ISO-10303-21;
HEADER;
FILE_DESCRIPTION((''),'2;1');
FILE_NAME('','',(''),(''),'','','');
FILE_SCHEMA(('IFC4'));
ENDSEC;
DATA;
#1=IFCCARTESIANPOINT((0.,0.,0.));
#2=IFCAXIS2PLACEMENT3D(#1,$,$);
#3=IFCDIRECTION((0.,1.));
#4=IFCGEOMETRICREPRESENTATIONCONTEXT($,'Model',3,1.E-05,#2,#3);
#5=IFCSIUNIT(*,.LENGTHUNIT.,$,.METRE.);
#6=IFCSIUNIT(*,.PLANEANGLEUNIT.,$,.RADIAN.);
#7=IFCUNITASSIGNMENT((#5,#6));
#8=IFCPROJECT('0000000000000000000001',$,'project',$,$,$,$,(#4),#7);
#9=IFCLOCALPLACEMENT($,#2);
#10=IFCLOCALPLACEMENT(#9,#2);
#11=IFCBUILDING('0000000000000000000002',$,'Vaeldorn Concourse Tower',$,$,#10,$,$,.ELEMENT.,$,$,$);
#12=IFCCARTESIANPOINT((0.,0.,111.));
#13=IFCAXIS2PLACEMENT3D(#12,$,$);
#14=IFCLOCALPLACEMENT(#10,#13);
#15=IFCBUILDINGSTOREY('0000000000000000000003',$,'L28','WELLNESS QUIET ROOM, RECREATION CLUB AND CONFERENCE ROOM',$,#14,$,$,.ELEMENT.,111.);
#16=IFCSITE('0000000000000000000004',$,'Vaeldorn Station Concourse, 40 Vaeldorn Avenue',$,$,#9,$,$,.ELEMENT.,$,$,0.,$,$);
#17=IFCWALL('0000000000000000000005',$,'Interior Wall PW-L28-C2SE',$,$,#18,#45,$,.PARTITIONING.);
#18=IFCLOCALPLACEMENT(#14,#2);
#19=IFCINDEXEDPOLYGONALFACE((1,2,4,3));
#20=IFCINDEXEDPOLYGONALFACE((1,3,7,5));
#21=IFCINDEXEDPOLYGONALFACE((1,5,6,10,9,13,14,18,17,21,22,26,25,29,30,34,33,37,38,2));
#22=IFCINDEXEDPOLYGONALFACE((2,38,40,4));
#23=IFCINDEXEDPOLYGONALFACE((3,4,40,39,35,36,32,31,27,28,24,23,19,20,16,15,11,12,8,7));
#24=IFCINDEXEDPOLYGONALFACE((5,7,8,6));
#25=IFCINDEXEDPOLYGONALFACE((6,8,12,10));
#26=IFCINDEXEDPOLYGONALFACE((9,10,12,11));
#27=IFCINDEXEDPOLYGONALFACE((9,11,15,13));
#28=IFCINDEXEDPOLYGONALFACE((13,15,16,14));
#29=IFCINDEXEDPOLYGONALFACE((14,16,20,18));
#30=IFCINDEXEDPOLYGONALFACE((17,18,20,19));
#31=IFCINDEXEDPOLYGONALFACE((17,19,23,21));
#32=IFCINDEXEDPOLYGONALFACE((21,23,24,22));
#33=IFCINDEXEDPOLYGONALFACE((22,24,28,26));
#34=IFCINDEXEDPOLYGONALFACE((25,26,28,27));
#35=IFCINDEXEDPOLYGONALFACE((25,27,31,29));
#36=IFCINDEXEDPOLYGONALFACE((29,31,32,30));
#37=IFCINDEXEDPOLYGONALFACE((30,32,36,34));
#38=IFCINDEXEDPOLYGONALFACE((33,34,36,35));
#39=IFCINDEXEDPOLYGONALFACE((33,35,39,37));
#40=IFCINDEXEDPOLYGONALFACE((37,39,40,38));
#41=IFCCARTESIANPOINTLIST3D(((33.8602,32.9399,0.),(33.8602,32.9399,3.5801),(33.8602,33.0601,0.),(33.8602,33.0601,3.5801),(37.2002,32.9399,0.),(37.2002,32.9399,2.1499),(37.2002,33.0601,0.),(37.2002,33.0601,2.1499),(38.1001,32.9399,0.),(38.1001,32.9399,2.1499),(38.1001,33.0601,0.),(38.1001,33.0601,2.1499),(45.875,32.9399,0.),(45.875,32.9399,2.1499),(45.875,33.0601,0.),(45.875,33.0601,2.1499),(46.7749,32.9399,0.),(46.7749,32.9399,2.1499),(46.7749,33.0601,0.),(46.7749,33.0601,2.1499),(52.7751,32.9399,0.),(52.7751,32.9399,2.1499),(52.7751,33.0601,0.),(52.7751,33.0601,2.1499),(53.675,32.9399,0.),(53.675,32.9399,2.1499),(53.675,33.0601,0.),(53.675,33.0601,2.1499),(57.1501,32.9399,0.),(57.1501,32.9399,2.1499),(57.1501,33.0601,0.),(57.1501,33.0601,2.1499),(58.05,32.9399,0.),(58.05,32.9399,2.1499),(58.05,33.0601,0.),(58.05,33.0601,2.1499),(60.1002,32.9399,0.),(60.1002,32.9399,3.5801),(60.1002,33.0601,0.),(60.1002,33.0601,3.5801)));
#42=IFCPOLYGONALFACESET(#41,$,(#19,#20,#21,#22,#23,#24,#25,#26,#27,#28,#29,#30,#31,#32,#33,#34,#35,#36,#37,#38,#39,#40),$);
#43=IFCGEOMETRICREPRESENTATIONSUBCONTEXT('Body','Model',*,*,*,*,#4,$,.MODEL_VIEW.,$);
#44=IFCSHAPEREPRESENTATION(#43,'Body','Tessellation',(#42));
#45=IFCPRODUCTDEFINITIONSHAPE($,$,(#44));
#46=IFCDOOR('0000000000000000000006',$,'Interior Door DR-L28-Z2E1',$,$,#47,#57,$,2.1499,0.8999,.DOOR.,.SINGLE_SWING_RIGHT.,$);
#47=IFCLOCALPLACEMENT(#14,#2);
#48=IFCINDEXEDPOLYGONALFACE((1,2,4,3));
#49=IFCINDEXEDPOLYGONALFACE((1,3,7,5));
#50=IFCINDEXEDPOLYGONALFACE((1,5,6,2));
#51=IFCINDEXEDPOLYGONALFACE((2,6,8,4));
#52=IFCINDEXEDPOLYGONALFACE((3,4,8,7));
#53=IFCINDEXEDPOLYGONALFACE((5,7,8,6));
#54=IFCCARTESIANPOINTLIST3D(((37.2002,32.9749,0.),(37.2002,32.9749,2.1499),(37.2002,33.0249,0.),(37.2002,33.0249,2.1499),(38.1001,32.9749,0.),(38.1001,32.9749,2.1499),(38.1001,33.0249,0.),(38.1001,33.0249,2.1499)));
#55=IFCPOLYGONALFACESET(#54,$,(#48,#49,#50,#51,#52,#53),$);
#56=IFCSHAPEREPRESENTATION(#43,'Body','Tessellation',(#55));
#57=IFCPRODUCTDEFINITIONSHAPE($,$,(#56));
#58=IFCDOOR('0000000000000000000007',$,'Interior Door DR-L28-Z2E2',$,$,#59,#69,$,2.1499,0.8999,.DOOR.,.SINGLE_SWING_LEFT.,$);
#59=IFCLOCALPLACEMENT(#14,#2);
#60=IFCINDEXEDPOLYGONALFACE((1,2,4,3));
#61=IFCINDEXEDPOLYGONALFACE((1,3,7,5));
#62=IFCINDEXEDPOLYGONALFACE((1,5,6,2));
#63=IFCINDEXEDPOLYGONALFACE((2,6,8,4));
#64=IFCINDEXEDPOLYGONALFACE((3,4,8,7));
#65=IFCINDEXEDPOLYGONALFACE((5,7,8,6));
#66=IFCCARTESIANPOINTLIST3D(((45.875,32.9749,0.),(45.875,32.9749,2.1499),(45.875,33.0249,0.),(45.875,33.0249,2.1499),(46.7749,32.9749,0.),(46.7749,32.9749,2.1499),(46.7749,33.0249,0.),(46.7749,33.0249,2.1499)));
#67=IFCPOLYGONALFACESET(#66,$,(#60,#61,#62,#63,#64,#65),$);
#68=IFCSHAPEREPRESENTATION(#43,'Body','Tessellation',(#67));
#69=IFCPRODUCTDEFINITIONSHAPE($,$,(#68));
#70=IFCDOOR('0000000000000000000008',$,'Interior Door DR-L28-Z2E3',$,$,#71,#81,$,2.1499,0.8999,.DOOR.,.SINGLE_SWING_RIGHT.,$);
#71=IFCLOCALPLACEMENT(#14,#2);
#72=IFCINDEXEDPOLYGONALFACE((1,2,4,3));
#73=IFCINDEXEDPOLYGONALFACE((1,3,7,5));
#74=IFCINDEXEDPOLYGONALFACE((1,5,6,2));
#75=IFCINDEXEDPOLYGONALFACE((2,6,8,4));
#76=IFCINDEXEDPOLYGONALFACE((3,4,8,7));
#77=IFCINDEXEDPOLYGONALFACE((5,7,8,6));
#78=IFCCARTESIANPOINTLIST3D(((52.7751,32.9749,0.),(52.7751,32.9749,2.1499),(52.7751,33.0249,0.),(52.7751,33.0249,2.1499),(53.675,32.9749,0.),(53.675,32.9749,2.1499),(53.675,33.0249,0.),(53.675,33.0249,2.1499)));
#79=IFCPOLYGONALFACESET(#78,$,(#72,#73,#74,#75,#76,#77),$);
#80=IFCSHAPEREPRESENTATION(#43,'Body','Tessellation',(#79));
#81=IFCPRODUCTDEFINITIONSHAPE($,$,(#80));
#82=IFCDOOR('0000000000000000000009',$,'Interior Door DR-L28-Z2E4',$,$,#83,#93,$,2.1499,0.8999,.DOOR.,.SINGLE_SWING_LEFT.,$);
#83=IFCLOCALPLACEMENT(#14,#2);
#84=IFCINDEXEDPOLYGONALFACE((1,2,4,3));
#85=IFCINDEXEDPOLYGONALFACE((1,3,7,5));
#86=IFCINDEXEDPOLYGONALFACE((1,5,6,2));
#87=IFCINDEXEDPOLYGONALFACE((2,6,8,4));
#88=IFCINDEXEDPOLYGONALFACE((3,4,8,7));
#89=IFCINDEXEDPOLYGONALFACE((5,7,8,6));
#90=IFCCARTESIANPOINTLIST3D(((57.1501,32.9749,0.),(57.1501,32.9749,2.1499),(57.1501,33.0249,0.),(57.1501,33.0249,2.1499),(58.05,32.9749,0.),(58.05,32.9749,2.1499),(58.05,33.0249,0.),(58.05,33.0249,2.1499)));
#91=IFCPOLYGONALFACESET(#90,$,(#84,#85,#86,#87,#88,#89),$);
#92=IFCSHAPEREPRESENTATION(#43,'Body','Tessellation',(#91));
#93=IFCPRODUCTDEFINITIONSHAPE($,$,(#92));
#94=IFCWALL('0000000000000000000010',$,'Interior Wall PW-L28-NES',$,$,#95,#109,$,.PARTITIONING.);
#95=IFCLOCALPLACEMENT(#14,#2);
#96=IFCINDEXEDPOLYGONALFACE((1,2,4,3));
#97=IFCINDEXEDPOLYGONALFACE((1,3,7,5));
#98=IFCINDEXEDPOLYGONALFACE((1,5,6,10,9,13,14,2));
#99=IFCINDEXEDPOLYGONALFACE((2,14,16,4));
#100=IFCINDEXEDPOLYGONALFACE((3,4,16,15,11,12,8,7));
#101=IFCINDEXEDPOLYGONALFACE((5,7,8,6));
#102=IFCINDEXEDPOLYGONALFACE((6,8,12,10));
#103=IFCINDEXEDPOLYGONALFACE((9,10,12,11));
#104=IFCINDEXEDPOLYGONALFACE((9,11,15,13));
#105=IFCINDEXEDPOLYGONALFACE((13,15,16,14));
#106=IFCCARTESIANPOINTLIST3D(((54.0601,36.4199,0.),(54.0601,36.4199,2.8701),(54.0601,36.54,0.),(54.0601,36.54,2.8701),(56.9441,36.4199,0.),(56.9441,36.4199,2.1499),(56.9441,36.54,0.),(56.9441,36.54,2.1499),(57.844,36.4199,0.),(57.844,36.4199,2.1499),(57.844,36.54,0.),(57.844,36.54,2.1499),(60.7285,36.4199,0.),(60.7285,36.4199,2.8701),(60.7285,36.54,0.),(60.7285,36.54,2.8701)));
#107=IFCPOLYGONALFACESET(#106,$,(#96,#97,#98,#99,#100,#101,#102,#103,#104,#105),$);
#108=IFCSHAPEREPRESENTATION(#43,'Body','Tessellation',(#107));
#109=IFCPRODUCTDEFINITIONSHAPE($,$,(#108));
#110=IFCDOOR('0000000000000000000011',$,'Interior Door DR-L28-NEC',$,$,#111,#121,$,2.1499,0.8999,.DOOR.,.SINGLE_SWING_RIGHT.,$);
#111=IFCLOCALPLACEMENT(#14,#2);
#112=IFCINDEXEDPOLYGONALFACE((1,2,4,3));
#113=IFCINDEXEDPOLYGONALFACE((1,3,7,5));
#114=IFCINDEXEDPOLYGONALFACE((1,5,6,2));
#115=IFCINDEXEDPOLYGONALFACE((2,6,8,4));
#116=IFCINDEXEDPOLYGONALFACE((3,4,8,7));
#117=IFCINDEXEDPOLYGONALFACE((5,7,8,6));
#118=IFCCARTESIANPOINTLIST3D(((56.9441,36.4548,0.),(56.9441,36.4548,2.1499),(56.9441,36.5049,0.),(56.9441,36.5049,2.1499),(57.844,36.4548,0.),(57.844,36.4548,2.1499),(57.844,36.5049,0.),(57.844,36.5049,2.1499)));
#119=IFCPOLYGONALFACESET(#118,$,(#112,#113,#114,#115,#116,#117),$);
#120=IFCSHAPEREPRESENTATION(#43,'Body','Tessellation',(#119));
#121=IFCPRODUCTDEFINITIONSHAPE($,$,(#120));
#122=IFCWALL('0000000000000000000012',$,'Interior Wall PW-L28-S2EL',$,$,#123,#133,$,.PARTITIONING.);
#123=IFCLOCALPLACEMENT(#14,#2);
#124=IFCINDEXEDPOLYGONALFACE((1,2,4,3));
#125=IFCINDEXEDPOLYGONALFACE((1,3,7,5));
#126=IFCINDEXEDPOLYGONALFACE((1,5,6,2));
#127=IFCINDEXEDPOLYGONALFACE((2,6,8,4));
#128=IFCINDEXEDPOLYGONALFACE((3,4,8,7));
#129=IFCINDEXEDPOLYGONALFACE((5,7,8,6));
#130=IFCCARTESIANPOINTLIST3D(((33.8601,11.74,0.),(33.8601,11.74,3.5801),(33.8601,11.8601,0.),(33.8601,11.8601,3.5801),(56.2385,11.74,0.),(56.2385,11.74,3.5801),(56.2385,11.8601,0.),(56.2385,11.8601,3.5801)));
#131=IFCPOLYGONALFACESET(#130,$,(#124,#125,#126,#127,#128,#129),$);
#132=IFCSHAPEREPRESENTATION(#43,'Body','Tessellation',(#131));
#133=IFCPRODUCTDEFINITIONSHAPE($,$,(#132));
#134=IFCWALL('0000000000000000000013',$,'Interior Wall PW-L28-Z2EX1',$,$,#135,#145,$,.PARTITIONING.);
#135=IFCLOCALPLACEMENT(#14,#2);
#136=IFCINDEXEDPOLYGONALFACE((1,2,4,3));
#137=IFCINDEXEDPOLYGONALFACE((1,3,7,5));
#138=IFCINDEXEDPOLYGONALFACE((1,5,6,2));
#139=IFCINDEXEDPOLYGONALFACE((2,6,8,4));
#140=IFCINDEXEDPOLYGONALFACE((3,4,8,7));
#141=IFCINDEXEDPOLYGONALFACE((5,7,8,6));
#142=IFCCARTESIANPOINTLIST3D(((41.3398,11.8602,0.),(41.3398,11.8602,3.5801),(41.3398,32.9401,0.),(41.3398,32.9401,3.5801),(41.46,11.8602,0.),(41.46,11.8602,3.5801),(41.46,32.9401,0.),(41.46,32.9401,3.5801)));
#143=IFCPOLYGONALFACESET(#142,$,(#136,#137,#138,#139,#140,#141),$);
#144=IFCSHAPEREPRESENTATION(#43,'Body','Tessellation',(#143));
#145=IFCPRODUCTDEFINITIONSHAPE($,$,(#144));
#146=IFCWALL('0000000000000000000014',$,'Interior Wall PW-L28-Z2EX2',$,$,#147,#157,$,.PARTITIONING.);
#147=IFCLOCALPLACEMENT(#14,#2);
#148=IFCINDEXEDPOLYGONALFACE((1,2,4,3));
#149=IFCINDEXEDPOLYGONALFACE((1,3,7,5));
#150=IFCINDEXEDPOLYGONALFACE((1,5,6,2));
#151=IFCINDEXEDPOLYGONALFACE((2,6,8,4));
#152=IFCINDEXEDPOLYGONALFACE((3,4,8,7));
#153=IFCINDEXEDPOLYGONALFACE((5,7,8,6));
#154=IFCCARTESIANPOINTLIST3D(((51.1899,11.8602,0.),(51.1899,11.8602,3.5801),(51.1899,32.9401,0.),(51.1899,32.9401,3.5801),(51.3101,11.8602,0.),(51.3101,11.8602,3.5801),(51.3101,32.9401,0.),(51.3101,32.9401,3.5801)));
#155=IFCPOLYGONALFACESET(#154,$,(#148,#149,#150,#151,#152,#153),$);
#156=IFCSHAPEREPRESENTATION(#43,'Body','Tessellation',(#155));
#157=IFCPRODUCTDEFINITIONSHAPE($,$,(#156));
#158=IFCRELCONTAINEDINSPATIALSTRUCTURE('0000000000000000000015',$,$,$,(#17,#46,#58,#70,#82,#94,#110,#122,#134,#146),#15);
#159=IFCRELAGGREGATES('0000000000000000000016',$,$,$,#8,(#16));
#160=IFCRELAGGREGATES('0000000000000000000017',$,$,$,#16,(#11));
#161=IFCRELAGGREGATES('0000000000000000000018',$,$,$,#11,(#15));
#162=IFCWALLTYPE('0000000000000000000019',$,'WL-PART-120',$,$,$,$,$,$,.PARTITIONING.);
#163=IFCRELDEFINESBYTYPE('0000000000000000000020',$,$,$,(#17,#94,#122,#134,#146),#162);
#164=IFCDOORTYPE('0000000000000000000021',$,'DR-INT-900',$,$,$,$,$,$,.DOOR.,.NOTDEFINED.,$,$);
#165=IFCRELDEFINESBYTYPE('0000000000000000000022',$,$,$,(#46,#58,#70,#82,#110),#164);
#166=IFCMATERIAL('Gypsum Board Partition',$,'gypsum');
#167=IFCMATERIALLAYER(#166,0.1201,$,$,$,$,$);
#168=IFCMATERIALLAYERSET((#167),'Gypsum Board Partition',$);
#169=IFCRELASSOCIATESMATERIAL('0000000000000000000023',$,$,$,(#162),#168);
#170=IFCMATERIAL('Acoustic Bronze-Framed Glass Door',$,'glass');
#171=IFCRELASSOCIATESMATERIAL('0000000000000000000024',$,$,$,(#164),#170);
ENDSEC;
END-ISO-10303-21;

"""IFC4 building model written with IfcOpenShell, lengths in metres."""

from ifc_helpers import new_model, si_unit, direction, frame, frame_2d, origin, place, context, subcontext, project, spatial, rectangle, extrude, source, transform, mapped, material, layer, layer_set, type_object, element, fill, save


model = new_model("IFC4")

# Units and contexts
model_context = context("Model", 3, precision=1e-05, world=origin(), true_north=direction((0.0, 1.0)))
body_context = subcontext(model_context, "Body", "Model", "MODEL_VIEW")
ifc_project = project(units=[si_unit("LENGTHUNIT", "METRE"), si_unit("PLANEANGLEUNIT", "RADIAN")], contexts=[model_context])

# Site, building, storey
site_placement = place(None, origin())
site = spatial("IfcSite", under=ifc_project, at=site_placement, Name="Vaeldorn Station Concourse, 40 Vaeldorn Avenue", CompositionType="ELEMENT", RefElevation=0.0)
building_placement = place(site_placement, origin())
building = spatial("IfcBuilding", under=site, at=building_placement, Name="Vaeldorn Concourse Tower", CompositionType="ELEMENT")
storey_placement = place(building_placement, frame((0.0, 0.0, 111.0)))
storey = spatial("IfcBuildingStorey", under=building, at=storey_placement, Name="L28", Description="WELLNESS QUIET ROOM, RECREATION CLUB AND CONFERENCE ROOM", CompositionType="ELEMENT", Elevation=111.0)

# Wall, openings, doors
ifc_material_1 = material(Name="Gypsum Board Partition", Category="gypsum")
ifc_layer_1 = layer(ifc_material_1, 0.1201)
ifc_layer_set_1 = layer_set([ifc_layer_1], Name="Gypsum Board Partition")
wall_type_1 = type_object("IfcWallType", Name="WL-PART-120", PredefinedType="PARTITIONING", material=ifc_layer_set_1)
wall_1_placement = place(storey_placement, frame((33.8601, 33.0, 0.0), z_axis=(0.0, 0.0, 1.0), x_axis=(1.0, 0.0, 0.0)))
wall_1 = element("IfcWall", 1, at=wall_1_placement, inside=storey, type_object=wall_type_1, Name="Interior Wall PW-L28-C2SE", PredefinedType="PARTITIONING", context=body_context, shape_type="SweptSolid", body=[
    extrude(rectangle(XDim=26.24, YDim=0.1201, at=frame_2d((13.1201, 0.0))), origin(), (0.0, 0.0, 1.0), 3.5801),
])
opening_1_placement = place(wall_1_placement, frame((3.3401, 0.0, 0.0)))
opening_1 = element("IfcOpeningElement", 2, at=opening_1_placement, cuts=wall_1, PredefinedType="OPENING", context=body_context, shape_type="SweptSolid", body=[
    extrude(rectangle(XDim=0.8999, YDim=2.1499, at=frame_2d((0.45, 1.075))), frame((0.0, 0.0701, 0.0), z_axis=(0.0, -1.0, 0.0), x_axis=(1.0, 0.0, 0.0)), (0.0, 0.0, 1.0), 0.1401),
])
opening_2_placement = place(wall_1_placement, frame((12.0149, 0.0, 0.0)))
opening_2 = element("IfcOpeningElement", 3, at=opening_2_placement, cuts=wall_1, PredefinedType="OPENING", context=body_context, shape_type="SweptSolid", body=[
    extrude(rectangle(XDim=0.8999, YDim=2.1499, at=frame_2d((0.45, 1.075))), frame((0.0, 0.0701, 0.0), z_axis=(0.0, -1.0, 0.0), x_axis=(1.0, 0.0, 0.0)), (0.0, 0.0, 1.0), 0.1401),
])
opening_3_placement = place(wall_1_placement, frame((18.915, 0.0, 0.0)))
opening_3 = element("IfcOpeningElement", 4, at=opening_3_placement, cuts=wall_1, PredefinedType="OPENING", context=body_context, shape_type="SweptSolid", body=[
    extrude(rectangle(XDim=0.8999, YDim=2.1499, at=frame_2d((0.45, 1.075))), frame((0.0, 0.0701, 0.0), z_axis=(0.0, -1.0, 0.0), x_axis=(1.0, 0.0, 0.0)), (0.0, 0.0, 1.0), 0.1401),
])
opening_4_placement = place(wall_1_placement, frame((23.29, 0.0, 0.0)))
opening_4 = element("IfcOpeningElement", 5, at=opening_4_placement, cuts=wall_1, PredefinedType="OPENING", context=body_context, shape_type="SweptSolid", body=[
    extrude(rectangle(XDim=0.8999, YDim=2.1499, at=frame_2d((0.45, 1.075))), frame((0.0, 0.0701, 0.0), z_axis=(0.0, -1.0, 0.0), x_axis=(1.0, 0.0, 0.0)), (0.0, 0.0, 1.0), 0.1401),
])
ifc_material_2 = material(Name="Acoustic Bronze-Framed Glass Door", Category="glass")
door_type = type_object("IfcDoorType", Name="DR-INT-900", OperationType="NOTDEFINED", PredefinedType="DOOR", material=ifc_material_2)
shared_shape_1 = source(origin(), body_context, "Body", "SweptSolid", [
    extrude(rectangle(XDim=0.8999, YDim=2.1499, at=frame_2d((0.45, 1.075))), frame((0.0, 0.0249, 0.0), z_axis=(0.0, -1.0, 0.0), x_axis=(1.0, 0.0, 0.0)), (0.0, 0.0, 1.0), 0.05),
])
door_1_placement = place(opening_1_placement, origin())
door_1 = element("IfcDoor", 6, at=door_1_placement, inside=storey, type_object=door_type, Name="Interior Door DR-L28-Z2E1", OperationType="SINGLE_SWING_RIGHT", OverallHeight=2.1499, OverallWidth=0.8999, PredefinedType="DOOR", context=body_context, shape_type="MappedRepresentation", body=[
    mapped(shared_shape_1, transform((0.0, 0.0, 0.0), scale=1.0)),
])
fill(opening_1, door_1)
door_2_placement = place(opening_2_placement, origin())
door_2 = element("IfcDoor", 7, at=door_2_placement, inside=storey, type_object=door_type, Name="Interior Door DR-L28-Z2E2", OperationType="SINGLE_SWING_LEFT", OverallHeight=2.1499, OverallWidth=0.8999, PredefinedType="DOOR", context=body_context, shape_type="MappedRepresentation", body=[
    mapped(shared_shape_1, transform((0.0, 0.0, 0.0), scale=1.0)),
])
fill(opening_2, door_2)
door_3_placement = place(opening_3_placement, origin())
door_3 = element("IfcDoor", 8, at=door_3_placement, inside=storey, type_object=door_type, Name="Interior Door DR-L28-Z2E3", OperationType="SINGLE_SWING_RIGHT", OverallHeight=2.1499, OverallWidth=0.8999, PredefinedType="DOOR", context=body_context, shape_type="MappedRepresentation", body=[
    mapped(shared_shape_1, transform((0.0, 0.0, 0.0), scale=1.0)),
])
fill(opening_3, door_3)
door_4_placement = place(opening_4_placement, origin())
door_4 = element("IfcDoor", 9, at=door_4_placement, inside=storey, type_object=door_type, Name="Interior Door DR-L28-Z2E4", OperationType="SINGLE_SWING_LEFT", OverallHeight=2.1499, OverallWidth=0.8999, PredefinedType="DOOR", context=body_context, shape_type="MappedRepresentation", body=[
    mapped(shared_shape_1, transform((0.0, 0.0, 0.0), scale=1.0)),
])
fill(opening_4, door_4)

# Wall, opening, door
wall_2_placement = place(storey_placement, frame((54.0601, 36.48, 0.0), z_axis=(0.0, 0.0, 1.0), x_axis=(1.0, 0.0, 0.0)))
wall_2 = element("IfcWall", 10, at=wall_2_placement, inside=storey, type_object=wall_type_1, Name="Interior Wall PW-L28-NES", PredefinedType="PARTITIONING", context=body_context, shape_type="SweptSolid", body=[
    extrude(rectangle(XDim=6.6685, YDim=0.1201, at=frame_2d((3.3342, 0.0))), origin(), (0.0, 0.0, 1.0), 2.8701),
])
opening_5_placement = place(wall_2_placement, frame((2.884, 0.0, 0.0)))
opening_5 = element("IfcOpeningElement", 11, at=opening_5_placement, cuts=wall_2, PredefinedType="OPENING", context=body_context, shape_type="SweptSolid", body=[
    extrude(rectangle(XDim=0.8999, YDim=2.1499, at=frame_2d((0.45, 1.075))), frame((0.0, 0.0701, 0.0), z_axis=(0.0, -1.0, 0.0), x_axis=(1.0, 0.0, 0.0)), (0.0, 0.0, 1.0), 0.1401),
])
door_5_placement = place(opening_5_placement, origin())
door_5 = element("IfcDoor", 12, at=door_5_placement, inside=storey, type_object=door_type, Name="Interior Door DR-L28-NEC", OperationType="SINGLE_SWING_RIGHT", OverallHeight=2.1499, OverallWidth=0.8999, PredefinedType="DOOR", context=body_context, shape_type="MappedRepresentation", body=[
    mapped(shared_shape_1, transform((0.0, 0.0, 0.0), scale=1.0)),
])
fill(opening_5, door_5)

# Walls
wall_3_placement = place(storey_placement, frame((33.8601, 11.8, 0.0), z_axis=(0.0, 0.0, 1.0), x_axis=(1.0, 0.0, 0.0)))
element("IfcWall", 13, at=wall_3_placement, inside=storey, type_object=wall_type_1, Name="Interior Wall PW-L28-S2EL", PredefinedType="PARTITIONING", context=body_context, shape_type="SweptSolid", body=[
    extrude(rectangle(XDim=22.3784, YDim=0.1201, at=frame_2d((11.1892, 0.0))), origin(), (0.0, 0.0, 1.0), 3.5801),
])
for number, where, z_axis, x_axis, name in (
    (14, (41.3999, 11.8601, 0.0), (0.0, 0.0, 1.0), (0.0, 1.0, 0.0), "Interior Wall PW-L28-Z2EX1"),
    (15, (51.25, 11.8601, 0.0), (0.0, 0.0, 1.0), (0.0, 1.0, 0.0), "Interior Wall PW-L28-Z2EX2"),
):
    element("IfcWall", number, at=place(storey_placement, frame(where, z_axis=z_axis, x_axis=x_axis)), inside=storey, type_object=wall_type_1, Name=name, PredefinedType="PARTITIONING", context=body_context, shape_type="SweptSolid", body=[
        extrude(rectangle(XDim=21.0798, YDim=0.1201, at=frame_2d((10.54, 0.0))), origin(), (0.0, 0.0, 1.0), 3.5801),
    ])

save(model, "model.ifc")
